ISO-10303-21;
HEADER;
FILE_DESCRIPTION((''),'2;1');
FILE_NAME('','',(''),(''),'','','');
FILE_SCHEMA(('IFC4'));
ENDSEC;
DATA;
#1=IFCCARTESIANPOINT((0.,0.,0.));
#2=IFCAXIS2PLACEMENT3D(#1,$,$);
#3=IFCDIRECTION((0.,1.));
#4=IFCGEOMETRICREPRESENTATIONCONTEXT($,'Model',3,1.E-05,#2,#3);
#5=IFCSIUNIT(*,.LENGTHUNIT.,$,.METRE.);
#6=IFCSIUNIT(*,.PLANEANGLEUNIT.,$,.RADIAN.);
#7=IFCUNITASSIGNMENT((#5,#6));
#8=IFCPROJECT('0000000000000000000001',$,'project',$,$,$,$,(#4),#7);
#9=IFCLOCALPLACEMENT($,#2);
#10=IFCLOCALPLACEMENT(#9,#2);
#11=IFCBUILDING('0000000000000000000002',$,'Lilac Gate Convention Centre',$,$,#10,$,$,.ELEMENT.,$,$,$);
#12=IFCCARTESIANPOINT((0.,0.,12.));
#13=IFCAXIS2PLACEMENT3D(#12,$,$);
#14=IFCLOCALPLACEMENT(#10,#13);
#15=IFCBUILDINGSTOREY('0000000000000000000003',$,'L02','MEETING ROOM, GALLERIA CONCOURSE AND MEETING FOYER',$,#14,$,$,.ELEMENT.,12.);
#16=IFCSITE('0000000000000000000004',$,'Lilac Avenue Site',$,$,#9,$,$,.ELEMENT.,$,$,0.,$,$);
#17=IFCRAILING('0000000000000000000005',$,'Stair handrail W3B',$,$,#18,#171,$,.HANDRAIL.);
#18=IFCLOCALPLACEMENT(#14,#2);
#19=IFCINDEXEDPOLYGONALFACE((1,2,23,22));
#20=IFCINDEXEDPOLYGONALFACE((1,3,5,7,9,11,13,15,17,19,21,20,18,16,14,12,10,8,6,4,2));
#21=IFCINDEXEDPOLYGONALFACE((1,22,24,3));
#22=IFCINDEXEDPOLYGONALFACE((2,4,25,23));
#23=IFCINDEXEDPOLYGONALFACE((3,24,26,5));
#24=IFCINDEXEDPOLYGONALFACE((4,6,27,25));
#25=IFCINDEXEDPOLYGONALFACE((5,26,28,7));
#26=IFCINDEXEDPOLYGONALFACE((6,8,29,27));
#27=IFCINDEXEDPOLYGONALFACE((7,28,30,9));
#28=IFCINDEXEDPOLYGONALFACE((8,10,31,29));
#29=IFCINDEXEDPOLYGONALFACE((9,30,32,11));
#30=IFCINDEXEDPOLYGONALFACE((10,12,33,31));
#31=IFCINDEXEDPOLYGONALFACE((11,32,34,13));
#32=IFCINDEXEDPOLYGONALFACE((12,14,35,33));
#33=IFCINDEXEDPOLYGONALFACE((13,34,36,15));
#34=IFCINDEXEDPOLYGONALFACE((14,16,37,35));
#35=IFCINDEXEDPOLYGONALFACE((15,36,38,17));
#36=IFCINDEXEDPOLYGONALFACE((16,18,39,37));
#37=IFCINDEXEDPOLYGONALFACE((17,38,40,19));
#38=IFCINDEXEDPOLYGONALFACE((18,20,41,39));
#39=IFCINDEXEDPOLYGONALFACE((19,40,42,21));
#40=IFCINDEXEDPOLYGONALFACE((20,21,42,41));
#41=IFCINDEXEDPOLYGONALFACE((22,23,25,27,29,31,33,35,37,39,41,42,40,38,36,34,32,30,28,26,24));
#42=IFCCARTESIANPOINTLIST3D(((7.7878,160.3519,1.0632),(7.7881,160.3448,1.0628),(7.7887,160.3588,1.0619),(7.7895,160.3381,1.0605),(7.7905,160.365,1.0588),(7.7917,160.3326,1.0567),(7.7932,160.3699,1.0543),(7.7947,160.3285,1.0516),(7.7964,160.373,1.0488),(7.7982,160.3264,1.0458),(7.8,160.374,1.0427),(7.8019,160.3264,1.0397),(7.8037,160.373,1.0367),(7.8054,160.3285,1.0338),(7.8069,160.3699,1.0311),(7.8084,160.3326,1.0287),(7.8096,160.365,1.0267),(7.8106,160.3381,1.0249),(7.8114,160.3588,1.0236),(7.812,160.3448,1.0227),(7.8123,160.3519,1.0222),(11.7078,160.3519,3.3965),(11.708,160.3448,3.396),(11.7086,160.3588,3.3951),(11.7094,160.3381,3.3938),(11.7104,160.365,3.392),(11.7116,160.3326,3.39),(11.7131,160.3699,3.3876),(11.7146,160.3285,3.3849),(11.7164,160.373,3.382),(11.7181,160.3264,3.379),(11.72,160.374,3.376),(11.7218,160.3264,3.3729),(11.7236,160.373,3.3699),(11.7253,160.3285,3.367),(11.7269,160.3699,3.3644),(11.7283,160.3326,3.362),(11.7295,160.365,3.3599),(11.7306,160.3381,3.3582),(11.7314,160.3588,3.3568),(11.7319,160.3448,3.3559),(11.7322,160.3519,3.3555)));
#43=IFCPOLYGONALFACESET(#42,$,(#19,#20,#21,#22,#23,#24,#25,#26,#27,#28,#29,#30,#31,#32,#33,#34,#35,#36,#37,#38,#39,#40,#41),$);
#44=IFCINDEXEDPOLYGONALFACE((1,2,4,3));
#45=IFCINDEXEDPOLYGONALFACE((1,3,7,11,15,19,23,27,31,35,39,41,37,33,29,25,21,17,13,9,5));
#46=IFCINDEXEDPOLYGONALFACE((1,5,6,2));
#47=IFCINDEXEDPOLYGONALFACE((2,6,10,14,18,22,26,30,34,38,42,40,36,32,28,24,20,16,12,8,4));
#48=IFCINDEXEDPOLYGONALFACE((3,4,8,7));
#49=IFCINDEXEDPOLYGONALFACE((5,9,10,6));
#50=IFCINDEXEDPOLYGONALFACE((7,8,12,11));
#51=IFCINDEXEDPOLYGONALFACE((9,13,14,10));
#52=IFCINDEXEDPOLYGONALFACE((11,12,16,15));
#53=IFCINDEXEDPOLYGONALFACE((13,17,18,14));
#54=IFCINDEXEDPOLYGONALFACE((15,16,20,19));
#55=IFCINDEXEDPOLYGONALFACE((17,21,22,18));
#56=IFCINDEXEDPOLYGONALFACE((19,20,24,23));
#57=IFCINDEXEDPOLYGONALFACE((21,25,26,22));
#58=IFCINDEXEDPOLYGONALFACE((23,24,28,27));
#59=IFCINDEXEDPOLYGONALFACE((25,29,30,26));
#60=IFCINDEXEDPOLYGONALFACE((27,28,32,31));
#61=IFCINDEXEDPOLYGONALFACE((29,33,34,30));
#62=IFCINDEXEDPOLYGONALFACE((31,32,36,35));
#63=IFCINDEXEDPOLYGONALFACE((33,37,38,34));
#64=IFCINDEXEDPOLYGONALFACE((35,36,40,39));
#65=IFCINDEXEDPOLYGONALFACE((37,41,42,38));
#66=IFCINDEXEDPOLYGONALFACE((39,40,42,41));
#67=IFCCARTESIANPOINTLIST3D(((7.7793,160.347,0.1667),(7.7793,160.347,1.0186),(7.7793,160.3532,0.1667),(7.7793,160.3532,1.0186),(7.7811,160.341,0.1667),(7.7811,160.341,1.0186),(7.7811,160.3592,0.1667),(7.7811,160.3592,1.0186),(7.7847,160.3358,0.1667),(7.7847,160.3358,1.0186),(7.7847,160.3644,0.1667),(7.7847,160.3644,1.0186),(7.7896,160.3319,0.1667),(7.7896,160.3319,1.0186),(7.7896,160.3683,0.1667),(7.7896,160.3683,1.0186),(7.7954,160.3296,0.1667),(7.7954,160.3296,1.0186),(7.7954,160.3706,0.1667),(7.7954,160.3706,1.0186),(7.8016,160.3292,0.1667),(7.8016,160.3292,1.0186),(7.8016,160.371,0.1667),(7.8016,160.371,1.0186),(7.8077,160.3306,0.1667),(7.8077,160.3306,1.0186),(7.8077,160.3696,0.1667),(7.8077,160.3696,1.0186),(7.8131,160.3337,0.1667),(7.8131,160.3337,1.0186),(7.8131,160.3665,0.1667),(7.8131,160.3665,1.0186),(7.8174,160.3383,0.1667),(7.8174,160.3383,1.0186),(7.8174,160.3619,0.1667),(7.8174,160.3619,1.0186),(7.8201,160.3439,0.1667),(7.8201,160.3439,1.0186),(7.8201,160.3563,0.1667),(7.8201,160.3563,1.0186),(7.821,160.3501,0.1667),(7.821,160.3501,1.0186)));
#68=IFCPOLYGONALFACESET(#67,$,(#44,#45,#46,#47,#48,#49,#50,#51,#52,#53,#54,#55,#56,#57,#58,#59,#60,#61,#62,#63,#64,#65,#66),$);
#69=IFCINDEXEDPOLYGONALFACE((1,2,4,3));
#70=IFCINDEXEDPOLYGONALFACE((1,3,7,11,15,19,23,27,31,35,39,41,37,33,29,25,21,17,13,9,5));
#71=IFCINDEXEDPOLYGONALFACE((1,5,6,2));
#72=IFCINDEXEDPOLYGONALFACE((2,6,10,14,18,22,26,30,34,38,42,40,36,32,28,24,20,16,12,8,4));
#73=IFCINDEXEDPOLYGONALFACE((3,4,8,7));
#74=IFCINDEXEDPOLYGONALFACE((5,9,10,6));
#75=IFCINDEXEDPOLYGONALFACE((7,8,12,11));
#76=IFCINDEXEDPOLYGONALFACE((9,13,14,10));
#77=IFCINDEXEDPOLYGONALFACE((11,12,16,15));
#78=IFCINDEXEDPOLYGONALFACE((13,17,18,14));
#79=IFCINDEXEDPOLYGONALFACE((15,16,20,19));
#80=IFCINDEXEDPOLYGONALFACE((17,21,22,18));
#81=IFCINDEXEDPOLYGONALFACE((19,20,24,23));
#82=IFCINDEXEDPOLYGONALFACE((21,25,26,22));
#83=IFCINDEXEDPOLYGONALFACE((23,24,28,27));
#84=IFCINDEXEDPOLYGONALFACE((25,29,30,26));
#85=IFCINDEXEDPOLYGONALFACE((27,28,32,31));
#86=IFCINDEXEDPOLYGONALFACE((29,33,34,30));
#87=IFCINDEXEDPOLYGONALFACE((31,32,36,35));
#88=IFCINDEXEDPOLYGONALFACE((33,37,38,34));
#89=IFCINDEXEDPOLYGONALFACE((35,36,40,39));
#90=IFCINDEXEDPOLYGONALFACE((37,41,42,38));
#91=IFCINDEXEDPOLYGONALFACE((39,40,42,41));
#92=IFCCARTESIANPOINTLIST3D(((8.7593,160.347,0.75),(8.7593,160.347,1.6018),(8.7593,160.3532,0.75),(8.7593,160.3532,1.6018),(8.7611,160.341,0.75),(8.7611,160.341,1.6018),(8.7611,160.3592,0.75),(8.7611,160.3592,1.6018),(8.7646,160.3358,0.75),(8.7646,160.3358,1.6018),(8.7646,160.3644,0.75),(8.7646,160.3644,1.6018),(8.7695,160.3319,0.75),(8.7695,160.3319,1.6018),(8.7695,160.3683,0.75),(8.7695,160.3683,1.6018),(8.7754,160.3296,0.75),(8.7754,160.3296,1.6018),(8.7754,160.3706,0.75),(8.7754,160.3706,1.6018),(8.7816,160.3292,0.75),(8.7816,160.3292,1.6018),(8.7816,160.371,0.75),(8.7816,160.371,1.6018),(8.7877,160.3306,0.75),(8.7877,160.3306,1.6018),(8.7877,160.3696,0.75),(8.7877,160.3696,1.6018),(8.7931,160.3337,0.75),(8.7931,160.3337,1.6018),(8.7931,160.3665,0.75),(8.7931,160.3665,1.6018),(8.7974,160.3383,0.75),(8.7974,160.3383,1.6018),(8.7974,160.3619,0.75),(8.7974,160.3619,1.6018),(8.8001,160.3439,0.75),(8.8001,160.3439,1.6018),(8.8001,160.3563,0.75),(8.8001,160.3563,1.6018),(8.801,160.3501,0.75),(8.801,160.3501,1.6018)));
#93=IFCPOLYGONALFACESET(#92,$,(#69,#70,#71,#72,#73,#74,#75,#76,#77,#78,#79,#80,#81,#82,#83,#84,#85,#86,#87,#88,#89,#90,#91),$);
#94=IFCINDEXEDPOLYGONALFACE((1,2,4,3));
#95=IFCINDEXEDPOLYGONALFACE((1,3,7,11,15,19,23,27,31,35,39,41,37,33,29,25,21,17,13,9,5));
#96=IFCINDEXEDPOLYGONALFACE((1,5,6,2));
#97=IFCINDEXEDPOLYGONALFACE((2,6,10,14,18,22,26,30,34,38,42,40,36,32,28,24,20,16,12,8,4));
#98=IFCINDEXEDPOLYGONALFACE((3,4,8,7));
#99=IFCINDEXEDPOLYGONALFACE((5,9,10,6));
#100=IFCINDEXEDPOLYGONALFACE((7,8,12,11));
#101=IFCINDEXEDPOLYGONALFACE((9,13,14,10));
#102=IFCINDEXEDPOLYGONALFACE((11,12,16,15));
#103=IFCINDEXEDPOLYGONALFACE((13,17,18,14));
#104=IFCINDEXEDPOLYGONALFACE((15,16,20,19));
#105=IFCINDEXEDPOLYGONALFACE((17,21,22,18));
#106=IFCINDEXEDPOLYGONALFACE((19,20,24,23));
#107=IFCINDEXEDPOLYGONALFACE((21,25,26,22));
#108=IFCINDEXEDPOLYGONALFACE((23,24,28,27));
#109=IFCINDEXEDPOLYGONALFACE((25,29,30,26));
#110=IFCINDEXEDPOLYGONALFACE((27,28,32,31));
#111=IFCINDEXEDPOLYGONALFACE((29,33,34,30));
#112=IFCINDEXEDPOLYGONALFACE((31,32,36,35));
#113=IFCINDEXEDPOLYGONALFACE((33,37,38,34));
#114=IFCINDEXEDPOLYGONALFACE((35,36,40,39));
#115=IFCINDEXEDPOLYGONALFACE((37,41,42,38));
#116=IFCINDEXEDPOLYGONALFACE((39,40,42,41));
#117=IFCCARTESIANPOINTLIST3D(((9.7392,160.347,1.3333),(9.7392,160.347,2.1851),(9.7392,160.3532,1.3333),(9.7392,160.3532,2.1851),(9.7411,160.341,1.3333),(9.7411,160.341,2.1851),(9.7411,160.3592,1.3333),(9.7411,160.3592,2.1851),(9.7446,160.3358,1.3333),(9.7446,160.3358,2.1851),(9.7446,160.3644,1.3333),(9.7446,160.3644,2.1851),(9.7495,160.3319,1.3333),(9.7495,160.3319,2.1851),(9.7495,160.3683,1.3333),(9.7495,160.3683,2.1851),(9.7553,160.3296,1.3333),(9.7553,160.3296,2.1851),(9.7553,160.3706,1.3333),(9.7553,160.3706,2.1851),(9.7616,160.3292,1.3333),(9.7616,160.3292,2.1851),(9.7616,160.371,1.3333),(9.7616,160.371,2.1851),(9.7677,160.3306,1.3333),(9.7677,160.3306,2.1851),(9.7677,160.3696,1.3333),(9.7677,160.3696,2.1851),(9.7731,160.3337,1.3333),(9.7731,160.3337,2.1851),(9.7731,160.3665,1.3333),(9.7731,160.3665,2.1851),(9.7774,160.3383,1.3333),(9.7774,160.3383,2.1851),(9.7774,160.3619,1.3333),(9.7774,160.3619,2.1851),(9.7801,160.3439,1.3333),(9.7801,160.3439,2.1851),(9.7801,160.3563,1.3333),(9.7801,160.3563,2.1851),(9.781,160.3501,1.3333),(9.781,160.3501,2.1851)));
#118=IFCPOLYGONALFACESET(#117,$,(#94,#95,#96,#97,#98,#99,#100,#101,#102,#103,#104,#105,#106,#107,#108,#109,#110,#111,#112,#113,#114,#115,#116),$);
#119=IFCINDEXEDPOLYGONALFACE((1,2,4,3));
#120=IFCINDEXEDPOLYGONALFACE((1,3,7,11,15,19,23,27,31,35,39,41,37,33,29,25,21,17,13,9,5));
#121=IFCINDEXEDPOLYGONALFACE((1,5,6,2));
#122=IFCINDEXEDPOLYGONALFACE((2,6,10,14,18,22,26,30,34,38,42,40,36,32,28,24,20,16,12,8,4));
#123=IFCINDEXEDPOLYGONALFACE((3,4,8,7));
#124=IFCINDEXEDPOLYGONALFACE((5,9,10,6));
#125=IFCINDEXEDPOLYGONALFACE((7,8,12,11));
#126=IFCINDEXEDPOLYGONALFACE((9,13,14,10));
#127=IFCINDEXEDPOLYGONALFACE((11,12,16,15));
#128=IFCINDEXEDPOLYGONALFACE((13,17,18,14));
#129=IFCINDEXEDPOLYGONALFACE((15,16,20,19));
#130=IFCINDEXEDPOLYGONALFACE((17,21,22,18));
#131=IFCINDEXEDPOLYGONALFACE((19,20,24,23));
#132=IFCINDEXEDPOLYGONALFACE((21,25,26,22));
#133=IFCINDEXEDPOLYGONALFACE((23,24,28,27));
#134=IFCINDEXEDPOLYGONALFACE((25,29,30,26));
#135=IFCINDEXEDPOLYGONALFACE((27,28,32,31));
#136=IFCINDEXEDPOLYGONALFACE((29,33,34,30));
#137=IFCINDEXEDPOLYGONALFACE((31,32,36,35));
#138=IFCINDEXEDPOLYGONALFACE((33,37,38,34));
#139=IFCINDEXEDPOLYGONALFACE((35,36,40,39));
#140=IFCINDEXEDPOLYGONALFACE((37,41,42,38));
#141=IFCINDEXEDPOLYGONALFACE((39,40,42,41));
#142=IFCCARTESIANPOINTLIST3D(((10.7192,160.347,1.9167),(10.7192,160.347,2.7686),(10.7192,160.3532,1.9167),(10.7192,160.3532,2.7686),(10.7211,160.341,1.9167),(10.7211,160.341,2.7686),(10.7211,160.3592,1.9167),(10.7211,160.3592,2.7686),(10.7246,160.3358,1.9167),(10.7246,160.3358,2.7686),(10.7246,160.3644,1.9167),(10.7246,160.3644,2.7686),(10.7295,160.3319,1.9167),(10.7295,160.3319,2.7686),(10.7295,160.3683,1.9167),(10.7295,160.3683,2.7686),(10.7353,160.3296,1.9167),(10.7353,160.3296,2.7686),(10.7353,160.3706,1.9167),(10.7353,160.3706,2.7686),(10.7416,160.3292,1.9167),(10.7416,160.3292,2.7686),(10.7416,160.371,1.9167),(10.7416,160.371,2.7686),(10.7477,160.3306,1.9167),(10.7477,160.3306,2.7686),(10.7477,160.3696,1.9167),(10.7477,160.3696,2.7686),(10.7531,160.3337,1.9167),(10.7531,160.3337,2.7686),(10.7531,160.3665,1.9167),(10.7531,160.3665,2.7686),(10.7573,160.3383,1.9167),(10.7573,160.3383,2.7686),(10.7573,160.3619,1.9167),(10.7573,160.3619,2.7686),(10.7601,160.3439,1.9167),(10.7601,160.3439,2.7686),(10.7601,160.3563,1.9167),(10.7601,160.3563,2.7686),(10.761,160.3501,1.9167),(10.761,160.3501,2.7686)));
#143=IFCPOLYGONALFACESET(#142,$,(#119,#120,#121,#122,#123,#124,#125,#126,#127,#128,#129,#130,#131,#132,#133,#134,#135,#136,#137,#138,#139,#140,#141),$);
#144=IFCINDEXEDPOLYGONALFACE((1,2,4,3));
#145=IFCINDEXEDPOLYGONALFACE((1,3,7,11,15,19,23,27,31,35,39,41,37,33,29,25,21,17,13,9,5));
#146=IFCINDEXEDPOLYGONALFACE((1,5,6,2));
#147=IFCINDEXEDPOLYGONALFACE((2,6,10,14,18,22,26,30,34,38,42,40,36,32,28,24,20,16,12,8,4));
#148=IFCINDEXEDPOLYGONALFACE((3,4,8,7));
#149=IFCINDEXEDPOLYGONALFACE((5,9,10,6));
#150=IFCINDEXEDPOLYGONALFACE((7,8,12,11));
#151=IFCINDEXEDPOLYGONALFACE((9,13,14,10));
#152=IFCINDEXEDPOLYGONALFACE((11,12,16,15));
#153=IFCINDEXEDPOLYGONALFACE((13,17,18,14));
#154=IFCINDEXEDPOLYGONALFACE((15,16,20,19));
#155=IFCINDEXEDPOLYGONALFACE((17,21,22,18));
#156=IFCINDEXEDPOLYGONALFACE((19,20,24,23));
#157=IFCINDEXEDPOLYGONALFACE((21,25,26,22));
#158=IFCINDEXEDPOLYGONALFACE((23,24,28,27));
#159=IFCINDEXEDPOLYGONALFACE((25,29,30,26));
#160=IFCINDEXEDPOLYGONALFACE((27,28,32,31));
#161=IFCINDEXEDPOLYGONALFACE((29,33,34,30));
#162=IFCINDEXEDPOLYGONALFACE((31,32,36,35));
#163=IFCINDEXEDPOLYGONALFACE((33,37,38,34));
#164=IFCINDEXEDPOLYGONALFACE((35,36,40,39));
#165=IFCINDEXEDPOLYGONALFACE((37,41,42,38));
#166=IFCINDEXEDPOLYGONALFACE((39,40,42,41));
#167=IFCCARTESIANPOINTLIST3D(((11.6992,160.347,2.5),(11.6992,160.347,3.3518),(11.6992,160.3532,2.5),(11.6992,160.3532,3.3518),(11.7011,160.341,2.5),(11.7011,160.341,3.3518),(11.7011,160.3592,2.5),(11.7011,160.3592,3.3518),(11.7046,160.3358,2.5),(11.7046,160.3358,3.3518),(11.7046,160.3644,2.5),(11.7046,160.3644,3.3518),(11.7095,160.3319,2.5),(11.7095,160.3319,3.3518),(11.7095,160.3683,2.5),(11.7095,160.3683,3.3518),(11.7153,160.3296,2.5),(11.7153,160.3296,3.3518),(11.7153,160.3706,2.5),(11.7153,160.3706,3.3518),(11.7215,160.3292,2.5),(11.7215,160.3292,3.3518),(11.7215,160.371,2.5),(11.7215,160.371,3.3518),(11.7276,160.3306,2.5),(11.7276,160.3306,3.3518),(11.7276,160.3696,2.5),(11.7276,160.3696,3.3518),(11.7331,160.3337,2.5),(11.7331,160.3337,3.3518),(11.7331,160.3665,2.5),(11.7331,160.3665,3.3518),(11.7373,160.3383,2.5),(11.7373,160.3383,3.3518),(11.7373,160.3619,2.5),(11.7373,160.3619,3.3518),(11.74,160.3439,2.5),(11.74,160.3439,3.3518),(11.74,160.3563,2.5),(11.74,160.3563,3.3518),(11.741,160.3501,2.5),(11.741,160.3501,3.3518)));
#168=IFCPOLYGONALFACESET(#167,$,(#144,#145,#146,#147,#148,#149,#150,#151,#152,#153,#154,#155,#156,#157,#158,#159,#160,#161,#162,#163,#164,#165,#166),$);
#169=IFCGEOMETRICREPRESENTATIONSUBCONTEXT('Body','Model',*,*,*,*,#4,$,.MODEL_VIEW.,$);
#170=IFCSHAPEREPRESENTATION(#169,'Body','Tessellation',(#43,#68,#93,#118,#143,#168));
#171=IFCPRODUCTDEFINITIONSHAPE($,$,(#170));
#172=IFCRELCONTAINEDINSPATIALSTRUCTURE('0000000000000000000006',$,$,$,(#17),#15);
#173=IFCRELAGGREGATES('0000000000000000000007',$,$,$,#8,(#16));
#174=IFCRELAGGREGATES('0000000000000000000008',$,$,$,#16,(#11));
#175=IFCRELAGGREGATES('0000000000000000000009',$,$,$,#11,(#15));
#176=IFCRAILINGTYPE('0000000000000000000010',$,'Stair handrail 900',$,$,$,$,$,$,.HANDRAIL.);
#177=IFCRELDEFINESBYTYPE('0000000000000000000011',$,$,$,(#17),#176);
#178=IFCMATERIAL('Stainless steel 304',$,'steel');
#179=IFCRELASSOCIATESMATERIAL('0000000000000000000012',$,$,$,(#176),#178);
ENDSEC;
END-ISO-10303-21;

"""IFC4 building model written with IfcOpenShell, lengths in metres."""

from ifc_helpers import new_model, si_unit, direction, frame, origin, origin_2d, place, context, subcontext, project, spatial, circle, extrude, material, type_object, element, save


model = new_model("IFC4")

# Units and contexts
model_context = context("Model", 3, precision=1e-05, world=origin(), true_north=direction((0.0, 1.0)))
body_context = subcontext(model_context, "Body", "Model", "MODEL_VIEW")
ifc_project = project(units=[si_unit("LENGTHUNIT", "METRE"), si_unit("PLANEANGLEUNIT", "RADIAN")], contexts=[model_context])

# Site, building, storey
site_placement = place(None, origin())
site = spatial("IfcSite", under=ifc_project, at=site_placement, Name="Lilac Avenue Site", CompositionType="ELEMENT", RefElevation=0.0)
building_placement = place(site_placement, origin())
building = spatial("IfcBuilding", under=site, at=building_placement, Name="Lilac Gate Convention Centre", CompositionType="ELEMENT")
storey_placement = place(building_placement, frame((0.0, 0.0, 12.0)))
storey = spatial("IfcBuildingStorey", under=building, at=storey_placement, Name="L02", Description="MEETING ROOM, GALLERIA CONCOURSE AND MEETING FOYER", CompositionType="ELEMENT", Elevation=12.0)

# Railing
ifc_material_1 = material(Name="Stainless steel 304", Category="steel")
railing_type = type_object("IfcRailingType", Name="Stair handrail 900", PredefinedType="HANDRAIL", material=ifc_material_1)
for number, where, name in (
    (1, (7.8, 160.3501, 0.1667), "Stair handrail W3B"),
):
    element("IfcRailing", number, at=place(storey_placement, frame(where)), inside=storey, type_object=railing_type, Name=name, PredefinedType="HANDRAIL", context=body_context, shape_type="SweptSolid", body=[
        extrude(circle(Radius=0.0239, at=origin_2d()), frame((0.0, 0.0, 0.876), z_axis=(0.859296, 0.0, 0.511478), x_axis=(0.0, 1.0, 0.0)), (0.0, 0.0, 1.0), 4.5618),
        extrude(circle(Radius=0.021, at=origin_2d()), origin(), (0.0, 0.0, 1.0), 0.8518),
        extrude(circle(Radius=0.021, at=origin_2d()), frame((0.98, 0.0, 0.5833)), (0.0, 0.0, 1.0), 0.8518),
        extrude(circle(Radius=0.021, at=origin_2d()), frame((1.96, 0.0, 1.1665)), (0.0, 0.0, 1.0), 0.8518),
        extrude(circle(Radius=0.021, at=origin_2d()), frame((2.9399, 0.0, 1.75)), (0.0, 0.0, 1.0), 0.8518),
        extrude(circle(Radius=0.021, at=origin_2d()), frame((3.9199, 0.0, 2.3333)), (0.0, 0.0, 1.0), 0.8518),
    ])

save(model, "model.ifc")
